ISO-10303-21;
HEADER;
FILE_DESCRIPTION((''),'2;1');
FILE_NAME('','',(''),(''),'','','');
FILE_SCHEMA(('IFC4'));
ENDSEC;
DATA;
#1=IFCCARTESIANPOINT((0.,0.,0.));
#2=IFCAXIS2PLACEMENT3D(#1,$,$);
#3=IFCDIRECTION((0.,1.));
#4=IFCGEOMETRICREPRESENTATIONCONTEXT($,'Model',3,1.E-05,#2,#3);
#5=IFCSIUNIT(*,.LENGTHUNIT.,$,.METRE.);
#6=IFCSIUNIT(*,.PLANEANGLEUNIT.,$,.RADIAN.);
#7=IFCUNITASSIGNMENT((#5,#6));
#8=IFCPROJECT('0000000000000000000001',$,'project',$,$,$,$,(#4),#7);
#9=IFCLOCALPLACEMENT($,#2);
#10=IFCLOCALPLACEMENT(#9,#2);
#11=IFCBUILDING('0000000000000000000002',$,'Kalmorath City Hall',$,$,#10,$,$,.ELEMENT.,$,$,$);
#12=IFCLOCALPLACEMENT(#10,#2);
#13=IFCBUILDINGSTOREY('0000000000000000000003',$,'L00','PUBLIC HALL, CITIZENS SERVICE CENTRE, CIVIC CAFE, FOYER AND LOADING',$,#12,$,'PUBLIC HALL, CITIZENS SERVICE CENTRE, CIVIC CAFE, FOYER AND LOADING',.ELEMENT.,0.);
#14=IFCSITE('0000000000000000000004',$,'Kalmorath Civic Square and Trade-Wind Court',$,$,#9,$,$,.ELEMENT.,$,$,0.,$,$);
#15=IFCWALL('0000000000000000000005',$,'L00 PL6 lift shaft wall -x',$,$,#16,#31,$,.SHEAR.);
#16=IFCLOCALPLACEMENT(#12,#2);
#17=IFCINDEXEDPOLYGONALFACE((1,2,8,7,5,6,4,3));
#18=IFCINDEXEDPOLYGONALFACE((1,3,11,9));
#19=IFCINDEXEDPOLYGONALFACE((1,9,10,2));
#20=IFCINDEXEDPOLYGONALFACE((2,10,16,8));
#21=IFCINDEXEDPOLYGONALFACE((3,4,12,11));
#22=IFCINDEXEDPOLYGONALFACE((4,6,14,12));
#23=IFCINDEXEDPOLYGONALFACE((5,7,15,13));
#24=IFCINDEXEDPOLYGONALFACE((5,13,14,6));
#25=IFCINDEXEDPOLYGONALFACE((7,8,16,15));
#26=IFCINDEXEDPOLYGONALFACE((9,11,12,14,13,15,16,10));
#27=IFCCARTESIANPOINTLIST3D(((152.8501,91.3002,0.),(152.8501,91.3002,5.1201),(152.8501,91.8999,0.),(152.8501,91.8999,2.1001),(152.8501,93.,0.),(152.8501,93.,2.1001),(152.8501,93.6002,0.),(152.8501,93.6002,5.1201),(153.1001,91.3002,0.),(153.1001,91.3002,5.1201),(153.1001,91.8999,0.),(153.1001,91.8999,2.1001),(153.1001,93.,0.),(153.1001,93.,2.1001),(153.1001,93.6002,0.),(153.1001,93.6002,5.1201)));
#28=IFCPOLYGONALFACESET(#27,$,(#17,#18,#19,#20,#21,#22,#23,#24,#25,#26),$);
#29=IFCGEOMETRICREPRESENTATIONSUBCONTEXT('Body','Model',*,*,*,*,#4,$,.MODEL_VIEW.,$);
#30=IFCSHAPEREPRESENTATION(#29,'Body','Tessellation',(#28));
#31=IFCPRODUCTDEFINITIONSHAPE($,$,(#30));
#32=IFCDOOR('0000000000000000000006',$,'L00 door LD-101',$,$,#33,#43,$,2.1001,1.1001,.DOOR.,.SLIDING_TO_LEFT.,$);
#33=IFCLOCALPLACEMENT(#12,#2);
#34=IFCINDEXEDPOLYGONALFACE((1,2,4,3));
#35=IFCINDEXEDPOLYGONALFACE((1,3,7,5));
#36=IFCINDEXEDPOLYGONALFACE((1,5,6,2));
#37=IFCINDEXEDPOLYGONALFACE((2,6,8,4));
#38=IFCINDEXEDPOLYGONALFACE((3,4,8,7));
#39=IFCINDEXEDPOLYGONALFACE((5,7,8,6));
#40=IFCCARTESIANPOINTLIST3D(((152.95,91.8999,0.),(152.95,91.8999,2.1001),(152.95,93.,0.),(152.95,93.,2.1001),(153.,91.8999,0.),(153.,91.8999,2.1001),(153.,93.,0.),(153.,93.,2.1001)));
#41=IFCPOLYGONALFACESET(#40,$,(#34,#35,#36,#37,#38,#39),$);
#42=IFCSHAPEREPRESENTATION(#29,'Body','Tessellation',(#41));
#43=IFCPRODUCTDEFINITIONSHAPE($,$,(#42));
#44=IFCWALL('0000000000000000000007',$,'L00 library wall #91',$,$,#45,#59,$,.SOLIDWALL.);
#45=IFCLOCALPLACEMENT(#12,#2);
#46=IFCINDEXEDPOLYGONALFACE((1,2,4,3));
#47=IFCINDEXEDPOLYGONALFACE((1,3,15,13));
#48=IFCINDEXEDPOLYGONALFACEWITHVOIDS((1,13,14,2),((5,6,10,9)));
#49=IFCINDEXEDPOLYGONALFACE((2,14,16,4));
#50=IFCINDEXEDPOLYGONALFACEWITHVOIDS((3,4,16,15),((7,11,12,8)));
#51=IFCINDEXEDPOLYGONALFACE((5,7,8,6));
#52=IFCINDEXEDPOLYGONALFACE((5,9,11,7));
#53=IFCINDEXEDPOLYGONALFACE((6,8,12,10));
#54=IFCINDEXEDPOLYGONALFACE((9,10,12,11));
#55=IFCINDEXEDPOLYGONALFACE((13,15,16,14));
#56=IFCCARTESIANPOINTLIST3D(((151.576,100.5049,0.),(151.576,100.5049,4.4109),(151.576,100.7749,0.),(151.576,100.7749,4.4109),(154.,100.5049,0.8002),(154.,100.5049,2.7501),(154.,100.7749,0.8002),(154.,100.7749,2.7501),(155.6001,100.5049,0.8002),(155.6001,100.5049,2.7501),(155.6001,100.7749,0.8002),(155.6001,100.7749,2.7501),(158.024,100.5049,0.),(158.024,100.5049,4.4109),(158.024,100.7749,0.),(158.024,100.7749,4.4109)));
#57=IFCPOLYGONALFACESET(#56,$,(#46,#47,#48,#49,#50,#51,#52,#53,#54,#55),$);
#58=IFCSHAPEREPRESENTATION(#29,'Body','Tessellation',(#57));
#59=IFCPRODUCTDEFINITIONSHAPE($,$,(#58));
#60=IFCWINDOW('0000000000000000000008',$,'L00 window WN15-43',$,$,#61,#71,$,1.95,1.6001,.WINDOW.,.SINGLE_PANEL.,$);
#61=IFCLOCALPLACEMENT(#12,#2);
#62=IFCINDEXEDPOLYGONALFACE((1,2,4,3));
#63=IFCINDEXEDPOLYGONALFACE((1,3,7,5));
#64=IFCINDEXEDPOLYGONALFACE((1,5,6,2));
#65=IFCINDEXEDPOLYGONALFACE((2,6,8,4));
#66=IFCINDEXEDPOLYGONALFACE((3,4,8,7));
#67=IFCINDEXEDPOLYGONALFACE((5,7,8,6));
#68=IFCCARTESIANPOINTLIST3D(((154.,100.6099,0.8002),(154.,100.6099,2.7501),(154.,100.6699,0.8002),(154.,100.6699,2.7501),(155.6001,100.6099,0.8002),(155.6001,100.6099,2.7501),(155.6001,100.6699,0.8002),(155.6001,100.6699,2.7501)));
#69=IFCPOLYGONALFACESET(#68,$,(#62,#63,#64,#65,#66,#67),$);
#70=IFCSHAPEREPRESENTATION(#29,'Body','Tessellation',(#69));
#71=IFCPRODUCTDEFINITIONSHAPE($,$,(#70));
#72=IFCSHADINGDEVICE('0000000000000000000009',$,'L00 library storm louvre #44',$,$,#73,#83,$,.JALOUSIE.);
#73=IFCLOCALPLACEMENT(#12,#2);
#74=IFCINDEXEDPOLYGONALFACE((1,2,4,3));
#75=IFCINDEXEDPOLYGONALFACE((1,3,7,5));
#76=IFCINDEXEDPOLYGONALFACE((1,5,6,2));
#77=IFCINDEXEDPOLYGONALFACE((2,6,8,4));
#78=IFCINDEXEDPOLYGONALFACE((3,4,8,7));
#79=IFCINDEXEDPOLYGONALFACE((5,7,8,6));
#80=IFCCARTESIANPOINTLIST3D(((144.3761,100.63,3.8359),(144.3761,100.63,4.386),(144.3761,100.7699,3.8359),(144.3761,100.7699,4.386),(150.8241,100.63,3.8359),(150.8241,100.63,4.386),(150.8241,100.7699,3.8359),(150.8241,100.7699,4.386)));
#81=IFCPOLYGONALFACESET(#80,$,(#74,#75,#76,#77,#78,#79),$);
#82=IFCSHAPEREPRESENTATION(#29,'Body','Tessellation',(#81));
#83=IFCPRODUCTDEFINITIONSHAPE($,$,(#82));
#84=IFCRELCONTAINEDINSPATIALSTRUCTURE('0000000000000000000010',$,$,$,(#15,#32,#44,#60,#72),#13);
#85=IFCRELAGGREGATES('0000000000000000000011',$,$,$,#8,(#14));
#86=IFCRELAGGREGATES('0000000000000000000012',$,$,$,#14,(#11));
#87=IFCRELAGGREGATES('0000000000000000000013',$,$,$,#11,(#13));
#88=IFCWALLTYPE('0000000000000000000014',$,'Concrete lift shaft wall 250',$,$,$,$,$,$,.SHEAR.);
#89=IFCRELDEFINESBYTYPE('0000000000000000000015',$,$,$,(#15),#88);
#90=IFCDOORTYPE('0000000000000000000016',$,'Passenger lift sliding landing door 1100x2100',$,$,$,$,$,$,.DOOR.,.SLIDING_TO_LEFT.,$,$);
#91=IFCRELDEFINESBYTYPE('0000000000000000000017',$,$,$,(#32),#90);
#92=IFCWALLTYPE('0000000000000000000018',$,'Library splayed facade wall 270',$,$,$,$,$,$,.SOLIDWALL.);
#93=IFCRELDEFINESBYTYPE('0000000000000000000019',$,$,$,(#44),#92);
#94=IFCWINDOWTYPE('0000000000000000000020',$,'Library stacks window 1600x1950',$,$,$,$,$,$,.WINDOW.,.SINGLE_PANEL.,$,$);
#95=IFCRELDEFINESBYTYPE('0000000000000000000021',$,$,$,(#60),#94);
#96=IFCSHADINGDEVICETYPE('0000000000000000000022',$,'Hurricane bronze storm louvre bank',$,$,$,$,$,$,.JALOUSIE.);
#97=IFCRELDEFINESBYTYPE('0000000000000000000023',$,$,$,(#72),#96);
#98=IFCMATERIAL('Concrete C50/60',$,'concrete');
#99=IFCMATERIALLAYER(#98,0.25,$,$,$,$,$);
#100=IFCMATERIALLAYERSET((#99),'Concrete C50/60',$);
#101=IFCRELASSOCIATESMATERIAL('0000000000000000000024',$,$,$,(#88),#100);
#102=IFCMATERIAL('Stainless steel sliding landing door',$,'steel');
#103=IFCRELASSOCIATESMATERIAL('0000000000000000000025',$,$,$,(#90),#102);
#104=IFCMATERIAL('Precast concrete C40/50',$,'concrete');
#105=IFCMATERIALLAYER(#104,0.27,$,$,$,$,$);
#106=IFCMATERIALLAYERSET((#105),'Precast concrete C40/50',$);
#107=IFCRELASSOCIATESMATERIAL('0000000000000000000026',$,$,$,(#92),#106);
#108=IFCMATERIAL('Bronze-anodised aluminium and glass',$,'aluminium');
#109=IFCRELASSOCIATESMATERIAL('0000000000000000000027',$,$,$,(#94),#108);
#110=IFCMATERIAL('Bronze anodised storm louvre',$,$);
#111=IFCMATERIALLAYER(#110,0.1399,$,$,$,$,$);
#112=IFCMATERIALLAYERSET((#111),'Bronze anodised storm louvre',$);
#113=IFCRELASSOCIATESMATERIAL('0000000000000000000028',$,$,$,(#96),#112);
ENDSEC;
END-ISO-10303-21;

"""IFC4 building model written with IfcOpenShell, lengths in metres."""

from ifc_helpers import new_model, si_unit, direction, frame, frame_2d, origin, origin_2d, place, context, subcontext, project, spatial, rectangle, extrude, material, layer, layer_set, type_object, element, fill, save


model = new_model("IFC4")

# Units and contexts
model_context = context("Model", 3, precision=1e-05, world=origin(), true_north=direction((0.0, 1.0)))
body_context = subcontext(model_context, "Body", "Model", "MODEL_VIEW")
ifc_project = project(units=[si_unit("LENGTHUNIT", "METRE"), si_unit("PLANEANGLEUNIT", "RADIAN")], contexts=[model_context])

# Site, building, storey
site_placement = place(None, origin())
site = spatial("IfcSite", under=ifc_project, at=site_placement, Name="Kalmorath Civic Square and Trade-Wind Court", CompositionType="ELEMENT", RefElevation=0.0)
building_placement = place(site_placement, origin())
building = spatial("IfcBuilding", under=site, at=building_placement, Name="Kalmorath City Hall", CompositionType="ELEMENT")
storey_placement = place(building_placement, origin())
storey = spatial("IfcBuildingStorey", under=building, at=storey_placement, Name="L00", Description="PUBLIC HALL, CITIZENS SERVICE CENTRE, CIVIC CAFE, FOYER AND LOADING", LongName="PUBLIC HALL, CITIZENS SERVICE CENTRE, CIVIC CAFE, FOYER AND LOADING", CompositionType="ELEMENT", Elevation=0.0)

# Shared definitions
ifc_material_1 = material(Name="Concrete C50/60", Category="concrete")
ifc_layer_1 = layer(ifc_material_1, 0.25)
ifc_layer_set_1 = layer_set([ifc_layer_1], Name="Concrete C50/60")
wall_type_1 = type_object("IfcWallType", Name="Concrete lift shaft wall 250", PredefinedType="SHEAR", material=ifc_layer_set_1)

# Wall, opening, door
wall_1_placement = place(storey_placement, frame((152.9751, 93.6001, 0.0), z_axis=(0.0, 0.0, 1.0), x_axis=(0.0, -1.0, 0.0)))
wall_1 = element("IfcWall", 1, at=wall_1_placement, inside=storey, type_object=wall_type_1, Name="L00 PL6 lift shaft wall -x", PredefinedType="SHEAR", context=body_context, shape_type="SweptSolid", body=[
    extrude(rectangle(XDim=2.3, YDim=0.25, at=frame_2d((1.1499, 0.0))), origin(), (0.0, 0.0, 1.0), 5.1201),
])
opening_1_placement = place(wall_1_placement, frame((0.6001, 0.0, 0.0)))
opening_1 = element("IfcOpeningElement", 2, at=opening_1_placement, cuts=wall_1, PredefinedType="OPENING", context=body_context, shape_type="SweptSolid", body=[
    extrude(rectangle(XDim=1.1001, YDim=2.1001, at=frame_2d((0.55, 1.05))), frame((0.0, 0.135, 0.0), z_axis=(0.0, -1.0, 0.0), x_axis=(1.0, 0.0, 0.0)), (0.0, 0.0, 1.0), 0.27),
])
ifc_material_2 = material(Name="Stainless steel sliding landing door", Category="steel")
door_type = type_object("IfcDoorType", Name="Passenger lift sliding landing door 1100x2100", OperationType="SLIDING_TO_LEFT", PredefinedType="DOOR", material=ifc_material_2)
door_placement = place(opening_1_placement, origin())
door = element("IfcDoor", 3, at=door_placement, inside=storey, type_object=door_type, Name="L00 door LD-101", OperationType="SLIDING_TO_LEFT", OverallHeight=2.1001, OverallWidth=1.1001, PredefinedType="DOOR", context=body_context, shape_type="SweptSolid", body=[
    extrude(rectangle(XDim=1.1001, YDim=2.1001, at=frame_2d((0.55, 1.05))), frame((0.0, 0.0249, 0.0), z_axis=(0.0, -1.0, 0.0), x_axis=(1.0, 0.0, 0.0)), (0.0, 0.0, 1.0), 0.05),
])
fill(opening_1, door)

# Wall, opening, window
ifc_material_3 = material(Name="Precast concrete C40/50", Category="concrete")
ifc_layer_2 = layer(ifc_material_3, 0.27)
ifc_layer_set_2 = layer_set([ifc_layer_2], Name="Precast concrete C40/50")
wall_type_2 = type_object("IfcWallType", Name="Library splayed facade wall 270", PredefinedType="SOLIDWALL", material=ifc_layer_set_2)
wall_2_placement = place(storey_placement, frame((151.5759, 100.6399, 0.0), z_axis=(0.0, 0.0, 1.0), x_axis=(1.0, 0.0, 0.0)))
wall_2 = element("IfcWall", 4, at=wall_2_placement, inside=storey, type_object=wall_type_2, Name="L00 library wall #91", PredefinedType="SOLIDWALL", context=body_context, shape_type="SweptSolid", body=[
    extrude(rectangle(XDim=6.448, YDim=0.27, at=frame_2d((3.2241, 0.0))), origin(), (0.0, 0.0, 1.0), 4.4109),
])
opening_2_placement = place(wall_2_placement, frame((2.4241, 0.0, 0.8)))
opening_2 = element("IfcOpeningElement", 5, at=opening_2_placement, cuts=wall_2, PredefinedType="OPENING", context=body_context, shape_type="SweptSolid", body=[
    extrude(rectangle(XDim=1.6001, YDim=1.95, at=frame_2d((0.8, 0.9751))), frame((0.0, 0.145, 0.0), z_axis=(0.0, -1.0, 0.0), x_axis=(1.0, 0.0, 0.0)), (0.0, 0.0, 1.0), 0.29),
])
ifc_material_4 = material(Name="Bronze-anodised aluminium and glass", Category="aluminium")
window_type = type_object("IfcWindowType", Name="Library stacks window 1600x1950", PartitioningType="SINGLE_PANEL", PredefinedType="WINDOW", material=ifc_material_4)
window_placement = place(opening_2_placement, origin())
window = element("IfcWindow", 6, at=window_placement, inside=storey, type_object=window_type, Name="L00 window WN15-43", OverallHeight=1.95, OverallWidth=1.6001, PartitioningType="SINGLE_PANEL", PredefinedType="WINDOW", context=body_context, shape_type="SweptSolid", body=[
    extrude(rectangle(XDim=1.6001, YDim=1.95, at=frame_2d((0.8, 0.9751))), frame((0.0, 0.03, 0.0), z_axis=(0.0, -1.0, 0.0), x_axis=(1.0, 0.0, 0.0)), (0.0, 0.0, 1.0), 0.0601),
])
fill(opening_2, window)

# Shading device
ifc_material_5 = material(Name="Bronze anodised storm louvre")
ifc_layer_3 = layer(ifc_material_5, 0.1399)
ifc_layer_set_3 = layer_set([ifc_layer_3], Name="Bronze anodised storm louvre")
shading_device_type = type_object("IfcShadingDeviceType", Name="Hurricane bronze storm louvre bank", PredefinedType="JALOUSIE", material=ifc_layer_set_3)
shading_device_placement = place(storey_placement, frame((147.6001, 100.7, 3.8359), z_axis=(0.0, 0.0, 1.0), x_axis=(1.0, 0.0, 0.0)))
element("IfcShadingDevice", 7, at=shading_device_placement, inside=storey, type_object=shading_device_type, Name="L00 library storm louvre #44", PredefinedType="JALOUSIE", context=body_context, shape_type="SweptSolid", body=[
    extrude(rectangle(XDim=6.448, YDim=0.1399, at=origin_2d()), origin(), (0.0, 0.0, 1.0), 0.55),
])

save(model, "model.ifc")
